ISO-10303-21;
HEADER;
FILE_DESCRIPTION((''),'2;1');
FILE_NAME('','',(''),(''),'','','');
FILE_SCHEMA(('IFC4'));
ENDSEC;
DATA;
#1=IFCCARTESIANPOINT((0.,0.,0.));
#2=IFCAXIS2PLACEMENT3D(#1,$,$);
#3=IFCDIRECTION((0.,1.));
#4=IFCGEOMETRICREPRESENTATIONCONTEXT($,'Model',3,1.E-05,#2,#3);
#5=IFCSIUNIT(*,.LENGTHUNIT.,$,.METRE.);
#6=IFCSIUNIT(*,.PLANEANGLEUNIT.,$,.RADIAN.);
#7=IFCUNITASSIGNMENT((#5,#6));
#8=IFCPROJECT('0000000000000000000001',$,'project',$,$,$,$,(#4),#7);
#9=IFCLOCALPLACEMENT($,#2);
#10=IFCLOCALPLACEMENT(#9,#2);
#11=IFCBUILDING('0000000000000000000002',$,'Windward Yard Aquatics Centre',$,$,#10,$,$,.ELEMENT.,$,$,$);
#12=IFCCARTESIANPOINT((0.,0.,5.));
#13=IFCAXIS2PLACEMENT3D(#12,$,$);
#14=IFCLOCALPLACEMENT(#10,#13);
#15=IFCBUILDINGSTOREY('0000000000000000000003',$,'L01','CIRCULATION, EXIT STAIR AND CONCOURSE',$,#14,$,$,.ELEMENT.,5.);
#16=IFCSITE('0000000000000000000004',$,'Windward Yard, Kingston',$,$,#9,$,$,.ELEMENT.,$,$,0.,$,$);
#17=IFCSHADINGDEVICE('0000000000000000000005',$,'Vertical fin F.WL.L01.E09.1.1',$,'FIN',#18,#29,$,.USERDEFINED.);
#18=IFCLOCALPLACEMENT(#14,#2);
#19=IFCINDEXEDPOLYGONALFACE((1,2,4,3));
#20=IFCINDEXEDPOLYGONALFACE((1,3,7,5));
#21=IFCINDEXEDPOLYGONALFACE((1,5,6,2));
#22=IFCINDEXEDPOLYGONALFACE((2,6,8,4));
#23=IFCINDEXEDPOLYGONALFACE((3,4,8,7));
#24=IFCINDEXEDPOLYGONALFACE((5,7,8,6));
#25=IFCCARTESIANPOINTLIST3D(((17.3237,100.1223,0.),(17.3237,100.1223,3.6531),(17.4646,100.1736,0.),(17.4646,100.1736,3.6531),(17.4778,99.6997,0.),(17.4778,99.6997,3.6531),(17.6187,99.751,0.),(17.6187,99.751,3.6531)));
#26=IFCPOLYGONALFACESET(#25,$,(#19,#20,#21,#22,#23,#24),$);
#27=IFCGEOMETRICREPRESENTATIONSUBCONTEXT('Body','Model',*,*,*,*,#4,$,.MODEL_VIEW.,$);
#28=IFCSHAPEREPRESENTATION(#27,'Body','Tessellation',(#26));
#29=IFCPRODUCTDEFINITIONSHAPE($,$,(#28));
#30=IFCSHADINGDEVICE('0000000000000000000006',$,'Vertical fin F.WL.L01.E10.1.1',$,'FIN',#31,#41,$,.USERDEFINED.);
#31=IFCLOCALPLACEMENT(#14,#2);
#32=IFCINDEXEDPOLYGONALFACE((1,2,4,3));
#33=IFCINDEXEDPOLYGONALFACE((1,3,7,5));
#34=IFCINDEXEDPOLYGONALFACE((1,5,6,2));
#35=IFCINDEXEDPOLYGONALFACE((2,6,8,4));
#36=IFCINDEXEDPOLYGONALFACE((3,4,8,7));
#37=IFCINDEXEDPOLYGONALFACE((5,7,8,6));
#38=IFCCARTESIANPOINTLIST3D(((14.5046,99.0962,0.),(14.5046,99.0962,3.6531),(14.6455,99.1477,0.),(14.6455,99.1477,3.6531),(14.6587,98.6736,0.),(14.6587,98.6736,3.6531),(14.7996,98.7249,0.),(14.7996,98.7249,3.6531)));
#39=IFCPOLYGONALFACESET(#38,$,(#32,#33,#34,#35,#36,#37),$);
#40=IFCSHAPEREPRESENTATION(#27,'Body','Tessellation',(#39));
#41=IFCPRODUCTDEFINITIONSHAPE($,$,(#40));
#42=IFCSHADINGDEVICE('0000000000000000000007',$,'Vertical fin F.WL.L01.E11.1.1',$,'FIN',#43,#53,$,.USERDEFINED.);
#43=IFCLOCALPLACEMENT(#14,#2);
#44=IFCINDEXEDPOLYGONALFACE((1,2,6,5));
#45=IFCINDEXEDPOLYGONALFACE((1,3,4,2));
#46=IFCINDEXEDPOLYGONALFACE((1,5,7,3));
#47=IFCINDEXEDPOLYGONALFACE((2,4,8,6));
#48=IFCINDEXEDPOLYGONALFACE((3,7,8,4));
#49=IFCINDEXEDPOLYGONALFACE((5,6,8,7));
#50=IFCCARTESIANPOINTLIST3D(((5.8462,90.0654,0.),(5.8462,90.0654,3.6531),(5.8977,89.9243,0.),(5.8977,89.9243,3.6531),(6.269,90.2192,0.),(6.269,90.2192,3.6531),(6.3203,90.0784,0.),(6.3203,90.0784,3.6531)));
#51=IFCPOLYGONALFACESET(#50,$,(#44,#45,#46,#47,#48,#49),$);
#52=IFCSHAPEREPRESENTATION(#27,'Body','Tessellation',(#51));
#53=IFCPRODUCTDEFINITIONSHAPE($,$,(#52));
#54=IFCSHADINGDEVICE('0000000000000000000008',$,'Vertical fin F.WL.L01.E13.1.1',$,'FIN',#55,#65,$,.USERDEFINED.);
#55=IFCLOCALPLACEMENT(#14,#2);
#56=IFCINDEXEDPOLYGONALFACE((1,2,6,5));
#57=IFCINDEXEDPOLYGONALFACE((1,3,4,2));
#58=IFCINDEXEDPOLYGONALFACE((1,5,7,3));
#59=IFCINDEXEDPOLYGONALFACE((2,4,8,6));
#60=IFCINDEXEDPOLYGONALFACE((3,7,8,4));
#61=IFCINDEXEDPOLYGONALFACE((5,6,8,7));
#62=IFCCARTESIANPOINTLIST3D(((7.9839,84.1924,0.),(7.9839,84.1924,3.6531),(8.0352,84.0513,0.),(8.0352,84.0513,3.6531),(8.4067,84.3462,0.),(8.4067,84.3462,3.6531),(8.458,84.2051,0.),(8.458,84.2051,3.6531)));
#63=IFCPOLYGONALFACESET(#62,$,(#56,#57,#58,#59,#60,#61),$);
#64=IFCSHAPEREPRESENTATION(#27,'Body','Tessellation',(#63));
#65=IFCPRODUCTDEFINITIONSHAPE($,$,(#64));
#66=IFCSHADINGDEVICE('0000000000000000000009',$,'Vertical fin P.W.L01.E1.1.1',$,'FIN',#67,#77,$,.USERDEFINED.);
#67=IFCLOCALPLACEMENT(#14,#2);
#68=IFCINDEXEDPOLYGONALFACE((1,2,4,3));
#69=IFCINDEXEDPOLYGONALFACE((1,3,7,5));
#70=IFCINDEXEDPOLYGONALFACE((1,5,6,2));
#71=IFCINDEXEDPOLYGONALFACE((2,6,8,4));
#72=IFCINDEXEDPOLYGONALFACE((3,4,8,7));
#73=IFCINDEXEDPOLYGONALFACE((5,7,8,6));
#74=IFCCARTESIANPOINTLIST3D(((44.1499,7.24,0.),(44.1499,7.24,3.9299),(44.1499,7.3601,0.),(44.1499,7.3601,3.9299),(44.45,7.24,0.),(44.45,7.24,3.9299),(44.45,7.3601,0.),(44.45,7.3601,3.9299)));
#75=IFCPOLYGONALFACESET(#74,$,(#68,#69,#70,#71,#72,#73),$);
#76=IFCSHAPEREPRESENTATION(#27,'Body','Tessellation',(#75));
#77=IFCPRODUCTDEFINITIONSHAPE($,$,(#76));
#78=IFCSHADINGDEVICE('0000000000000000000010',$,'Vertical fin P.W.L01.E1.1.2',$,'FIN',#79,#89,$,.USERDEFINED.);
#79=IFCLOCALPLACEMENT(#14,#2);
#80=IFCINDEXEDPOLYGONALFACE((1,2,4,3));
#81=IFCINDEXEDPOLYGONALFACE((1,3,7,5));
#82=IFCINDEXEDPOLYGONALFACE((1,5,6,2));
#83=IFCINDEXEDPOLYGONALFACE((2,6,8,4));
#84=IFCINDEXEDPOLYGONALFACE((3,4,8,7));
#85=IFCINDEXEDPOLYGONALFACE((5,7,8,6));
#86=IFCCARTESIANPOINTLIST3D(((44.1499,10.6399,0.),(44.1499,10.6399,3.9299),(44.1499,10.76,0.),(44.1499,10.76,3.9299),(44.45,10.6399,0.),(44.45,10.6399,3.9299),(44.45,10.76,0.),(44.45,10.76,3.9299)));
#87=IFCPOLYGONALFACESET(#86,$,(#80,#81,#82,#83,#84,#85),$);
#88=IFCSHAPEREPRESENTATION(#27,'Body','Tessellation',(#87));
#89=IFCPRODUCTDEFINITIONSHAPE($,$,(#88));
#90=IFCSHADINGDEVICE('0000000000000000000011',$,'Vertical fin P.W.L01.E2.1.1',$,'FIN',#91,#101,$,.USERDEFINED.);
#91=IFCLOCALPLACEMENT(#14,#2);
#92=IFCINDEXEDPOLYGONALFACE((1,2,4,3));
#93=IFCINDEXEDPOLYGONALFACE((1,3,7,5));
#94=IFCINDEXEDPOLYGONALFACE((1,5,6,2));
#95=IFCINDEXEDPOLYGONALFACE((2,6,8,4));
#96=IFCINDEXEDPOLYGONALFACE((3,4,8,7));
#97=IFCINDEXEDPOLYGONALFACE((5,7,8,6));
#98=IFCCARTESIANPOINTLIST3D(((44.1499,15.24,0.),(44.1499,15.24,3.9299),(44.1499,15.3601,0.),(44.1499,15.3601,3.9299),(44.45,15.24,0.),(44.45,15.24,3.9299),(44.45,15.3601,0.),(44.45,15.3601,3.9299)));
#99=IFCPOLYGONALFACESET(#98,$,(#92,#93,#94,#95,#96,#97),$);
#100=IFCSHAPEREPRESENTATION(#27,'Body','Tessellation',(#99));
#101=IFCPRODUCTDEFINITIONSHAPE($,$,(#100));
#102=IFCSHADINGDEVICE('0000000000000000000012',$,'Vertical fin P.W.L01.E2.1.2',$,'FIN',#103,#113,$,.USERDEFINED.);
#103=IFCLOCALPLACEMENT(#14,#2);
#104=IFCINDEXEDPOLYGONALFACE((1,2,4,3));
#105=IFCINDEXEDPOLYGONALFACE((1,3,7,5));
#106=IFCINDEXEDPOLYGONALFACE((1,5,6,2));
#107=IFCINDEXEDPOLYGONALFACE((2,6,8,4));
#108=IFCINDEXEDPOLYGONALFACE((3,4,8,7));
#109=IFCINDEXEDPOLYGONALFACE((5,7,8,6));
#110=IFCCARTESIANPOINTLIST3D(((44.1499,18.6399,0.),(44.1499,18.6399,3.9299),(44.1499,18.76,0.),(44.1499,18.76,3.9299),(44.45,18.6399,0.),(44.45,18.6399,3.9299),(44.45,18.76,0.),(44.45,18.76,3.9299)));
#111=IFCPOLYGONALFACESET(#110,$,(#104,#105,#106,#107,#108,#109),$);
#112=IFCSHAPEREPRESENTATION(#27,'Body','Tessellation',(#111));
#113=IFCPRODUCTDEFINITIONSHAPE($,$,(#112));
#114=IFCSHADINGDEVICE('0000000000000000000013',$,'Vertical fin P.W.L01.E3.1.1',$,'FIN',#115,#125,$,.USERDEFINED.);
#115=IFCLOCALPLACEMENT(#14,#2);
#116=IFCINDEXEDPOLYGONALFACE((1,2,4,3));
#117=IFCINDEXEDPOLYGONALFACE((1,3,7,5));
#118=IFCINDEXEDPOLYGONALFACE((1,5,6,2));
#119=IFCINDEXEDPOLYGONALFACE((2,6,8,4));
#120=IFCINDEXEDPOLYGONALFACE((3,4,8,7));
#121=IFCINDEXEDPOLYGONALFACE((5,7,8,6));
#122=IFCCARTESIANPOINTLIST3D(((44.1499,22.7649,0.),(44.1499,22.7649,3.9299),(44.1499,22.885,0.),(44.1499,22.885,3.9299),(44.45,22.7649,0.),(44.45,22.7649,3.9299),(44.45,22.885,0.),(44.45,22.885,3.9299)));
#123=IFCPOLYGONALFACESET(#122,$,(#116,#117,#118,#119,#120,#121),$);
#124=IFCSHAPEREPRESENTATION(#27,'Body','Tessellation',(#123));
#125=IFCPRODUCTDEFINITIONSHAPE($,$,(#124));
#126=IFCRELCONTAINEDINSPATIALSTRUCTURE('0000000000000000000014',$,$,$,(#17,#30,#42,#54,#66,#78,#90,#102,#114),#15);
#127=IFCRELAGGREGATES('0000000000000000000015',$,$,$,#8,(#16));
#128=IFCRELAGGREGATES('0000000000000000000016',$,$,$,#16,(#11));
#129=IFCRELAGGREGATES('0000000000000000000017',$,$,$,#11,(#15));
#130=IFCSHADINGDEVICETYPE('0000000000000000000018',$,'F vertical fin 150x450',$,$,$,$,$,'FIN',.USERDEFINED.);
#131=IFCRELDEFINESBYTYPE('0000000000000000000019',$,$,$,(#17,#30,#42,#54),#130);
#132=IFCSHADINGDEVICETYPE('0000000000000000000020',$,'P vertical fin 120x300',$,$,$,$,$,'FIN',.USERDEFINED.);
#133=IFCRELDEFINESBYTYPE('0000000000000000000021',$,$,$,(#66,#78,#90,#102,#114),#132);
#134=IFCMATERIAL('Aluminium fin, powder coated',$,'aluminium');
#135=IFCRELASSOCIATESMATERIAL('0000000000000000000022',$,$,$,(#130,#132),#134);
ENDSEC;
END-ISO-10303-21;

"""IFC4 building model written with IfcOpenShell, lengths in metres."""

from ifc_helpers import new_model, si_unit, direction, frame, origin, place, context, subcontext, project, spatial, polyline, outline, extrude, material, type_object, element, save


model = new_model("IFC4")

# Units and contexts
model_context = context("Model", 3, precision=1e-05, world=origin(), true_north=direction((0.0, 1.0)))
body_context = subcontext(model_context, "Body", "Model", "MODEL_VIEW")
ifc_project = project(units=[si_unit("LENGTHUNIT", "METRE"), si_unit("PLANEANGLEUNIT", "RADIAN")], contexts=[model_context])

# Site, building, storey
site_placement = place(None, origin())
site = spatial("IfcSite", under=ifc_project, at=site_placement, Name="Windward Yard, Kingston", CompositionType="ELEMENT", RefElevation=0.0)
building_placement = place(site_placement, origin())
building = spatial("IfcBuilding", under=site, at=building_placement, Name="Windward Yard Aquatics Centre", CompositionType="ELEMENT")
storey_placement = place(building_placement, frame((0.0, 0.0, 5.0)))
storey = spatial("IfcBuildingStorey", under=building, at=storey_placement, Name="L01", Description="CIRCULATION, EXIT STAIR AND CONCOURSE", CompositionType="ELEMENT", Elevation=5.0)

# Shading devices
ifc_material = material(Name="Aluminium fin, powder coated", Category="aluminium")
shading_device_type_1 = type_object("IfcShadingDeviceType", Name="F vertical fin 150x450", ElementType="FIN", PredefinedType="USERDEFINED", material=ifc_material)
shading_device_1_placement = place(storey_placement, origin())
element("IfcShadingDevice", 1, at=shading_device_1_placement, inside=storey, type_object=shading_device_type_1, Name="Vertical fin F.WL.L01.E09.1.1", ObjectType="FIN", PredefinedType="USERDEFINED", context=body_context, shape_type="SweptSolid", body=[
    extrude(outline(polyline([(17.3237, 100.1223), (17.4646, 100.1736), (17.6187, 99.751), (17.4778, 99.6997), (17.3237, 100.1223)])), origin(), (0.0, 0.0, 1.0), 3.6531),
])
shading_device_2_placement = place(storey_placement, origin())
element("IfcShadingDevice", 2, at=shading_device_2_placement, inside=storey, type_object=shading_device_type_1, Name="Vertical fin F.WL.L01.E10.1.1", ObjectType="FIN", PredefinedType="USERDEFINED", context=body_context, shape_type="SweptSolid", body=[
    extrude(outline(polyline([(14.5046, 99.0962), (14.6455, 99.1477), (14.7996, 98.7249), (14.6587, 98.6736), (14.5046, 99.0962)])), origin(), (0.0, 0.0, 1.0), 3.6531),
])
shading_device_3_placement = place(storey_placement, origin())
element("IfcShadingDevice", 3, at=shading_device_3_placement, inside=storey, type_object=shading_device_type_1, Name="Vertical fin F.WL.L01.E11.1.1", ObjectType="FIN", PredefinedType="USERDEFINED", context=body_context, shape_type="SweptSolid", body=[
    extrude(outline(polyline([(5.8462, 90.0654), (6.269, 90.2192), (6.3203, 90.0784), (5.8977, 89.9243), (5.8462, 90.0654)])), origin(), (0.0, 0.0, 1.0), 3.6531),
])
shading_device_4_placement = place(storey_placement, origin())
element("IfcShadingDevice", 4, at=shading_device_4_placement, inside=storey, type_object=shading_device_type_1, Name="Vertical fin F.WL.L01.E13.1.1", ObjectType="FIN", PredefinedType="USERDEFINED", context=body_context, shape_type="SweptSolid", body=[
    extrude(outline(polyline([(7.9839, 84.1924), (8.4067, 84.3462), (8.458, 84.2051), (8.0352, 84.0513), (7.9839, 84.1924)])), origin(), (0.0, 0.0, 1.0), 3.6531),
])
shading_device_type_2 = type_object("IfcShadingDeviceType", Name="P vertical fin 120x300", ElementType="FIN", PredefinedType="USERDEFINED", material=ifc_material)
shading_device_5_placement = place(storey_placement, origin())
element("IfcShadingDevice", 5, at=shading_device_5_placement, inside=storey, type_object=shading_device_type_2, Name="Vertical fin P.W.L01.E1.1.1", ObjectType="FIN", PredefinedType="USERDEFINED", context=body_context, shape_type="SweptSolid", body=[
    extrude(outline(polyline([(44.1499, 7.24), (44.1499, 7.3601), (44.45, 7.3601), (44.45, 7.24), (44.1499, 7.24)])), origin(), (0.0, 0.0, 1.0), 3.9299),
])
shading_device_6_placement = place(storey_placement, origin())
element("IfcShadingDevice", 6, at=shading_device_6_placement, inside=storey, type_object=shading_device_type_2, Name="Vertical fin P.W.L01.E1.1.2", ObjectType="FIN", PredefinedType="USERDEFINED", context=body_context, shape_type="SweptSolid", body=[
    extrude(outline(polyline([(44.1499, 10.6399), (44.1499, 10.76), (44.45, 10.76), (44.45, 10.6399), (44.1499, 10.6399)])), origin(), (0.0, 0.0, 1.0), 3.9299),
])
shading_device_7_placement = place(storey_placement, origin())
element("IfcShadingDevice", 7, at=shading_device_7_placement, inside=storey, type_object=shading_device_type_2, Name="Vertical fin P.W.L01.E2.1.1", ObjectType="FIN", PredefinedType="USERDEFINED", context=body_context, shape_type="SweptSolid", body=[
    extrude(outline(polyline([(44.1499, 15.24), (44.1499, 15.3601), (44.45, 15.3601), (44.45, 15.24), (44.1499, 15.24)])), origin(), (0.0, 0.0, 1.0), 3.9299),
])
shading_device_8_placement = place(storey_placement, origin())
element("IfcShadingDevice", 8, at=shading_device_8_placement, inside=storey, type_object=shading_device_type_2, Name="Vertical fin P.W.L01.E2.1.2", ObjectType="FIN", PredefinedType="USERDEFINED", context=body_context, shape_type="SweptSolid", body=[
    extrude(outline(polyline([(44.1499, 18.6399), (44.1499, 18.76), (44.45, 18.76), (44.45, 18.6399), (44.1499, 18.6399)])), origin(), (0.0, 0.0, 1.0), 3.9299),
])
shading_device_9_placement = place(storey_placement, origin())
element("IfcShadingDevice", 9, at=shading_device_9_placement, inside=storey, type_object=shading_device_type_2, Name="Vertical fin P.W.L01.E3.1.1", ObjectType="FIN", PredefinedType="USERDEFINED", context=body_context, shape_type="SweptSolid", body=[
    extrude(outline(polyline([(44.1499, 22.7649), (44.1499, 22.885), (44.45, 22.885), (44.45, 22.7649), (44.1499, 22.7649)])), origin(), (0.0, 0.0, 1.0), 3.9299),
])

save(model, "model.ifc")
